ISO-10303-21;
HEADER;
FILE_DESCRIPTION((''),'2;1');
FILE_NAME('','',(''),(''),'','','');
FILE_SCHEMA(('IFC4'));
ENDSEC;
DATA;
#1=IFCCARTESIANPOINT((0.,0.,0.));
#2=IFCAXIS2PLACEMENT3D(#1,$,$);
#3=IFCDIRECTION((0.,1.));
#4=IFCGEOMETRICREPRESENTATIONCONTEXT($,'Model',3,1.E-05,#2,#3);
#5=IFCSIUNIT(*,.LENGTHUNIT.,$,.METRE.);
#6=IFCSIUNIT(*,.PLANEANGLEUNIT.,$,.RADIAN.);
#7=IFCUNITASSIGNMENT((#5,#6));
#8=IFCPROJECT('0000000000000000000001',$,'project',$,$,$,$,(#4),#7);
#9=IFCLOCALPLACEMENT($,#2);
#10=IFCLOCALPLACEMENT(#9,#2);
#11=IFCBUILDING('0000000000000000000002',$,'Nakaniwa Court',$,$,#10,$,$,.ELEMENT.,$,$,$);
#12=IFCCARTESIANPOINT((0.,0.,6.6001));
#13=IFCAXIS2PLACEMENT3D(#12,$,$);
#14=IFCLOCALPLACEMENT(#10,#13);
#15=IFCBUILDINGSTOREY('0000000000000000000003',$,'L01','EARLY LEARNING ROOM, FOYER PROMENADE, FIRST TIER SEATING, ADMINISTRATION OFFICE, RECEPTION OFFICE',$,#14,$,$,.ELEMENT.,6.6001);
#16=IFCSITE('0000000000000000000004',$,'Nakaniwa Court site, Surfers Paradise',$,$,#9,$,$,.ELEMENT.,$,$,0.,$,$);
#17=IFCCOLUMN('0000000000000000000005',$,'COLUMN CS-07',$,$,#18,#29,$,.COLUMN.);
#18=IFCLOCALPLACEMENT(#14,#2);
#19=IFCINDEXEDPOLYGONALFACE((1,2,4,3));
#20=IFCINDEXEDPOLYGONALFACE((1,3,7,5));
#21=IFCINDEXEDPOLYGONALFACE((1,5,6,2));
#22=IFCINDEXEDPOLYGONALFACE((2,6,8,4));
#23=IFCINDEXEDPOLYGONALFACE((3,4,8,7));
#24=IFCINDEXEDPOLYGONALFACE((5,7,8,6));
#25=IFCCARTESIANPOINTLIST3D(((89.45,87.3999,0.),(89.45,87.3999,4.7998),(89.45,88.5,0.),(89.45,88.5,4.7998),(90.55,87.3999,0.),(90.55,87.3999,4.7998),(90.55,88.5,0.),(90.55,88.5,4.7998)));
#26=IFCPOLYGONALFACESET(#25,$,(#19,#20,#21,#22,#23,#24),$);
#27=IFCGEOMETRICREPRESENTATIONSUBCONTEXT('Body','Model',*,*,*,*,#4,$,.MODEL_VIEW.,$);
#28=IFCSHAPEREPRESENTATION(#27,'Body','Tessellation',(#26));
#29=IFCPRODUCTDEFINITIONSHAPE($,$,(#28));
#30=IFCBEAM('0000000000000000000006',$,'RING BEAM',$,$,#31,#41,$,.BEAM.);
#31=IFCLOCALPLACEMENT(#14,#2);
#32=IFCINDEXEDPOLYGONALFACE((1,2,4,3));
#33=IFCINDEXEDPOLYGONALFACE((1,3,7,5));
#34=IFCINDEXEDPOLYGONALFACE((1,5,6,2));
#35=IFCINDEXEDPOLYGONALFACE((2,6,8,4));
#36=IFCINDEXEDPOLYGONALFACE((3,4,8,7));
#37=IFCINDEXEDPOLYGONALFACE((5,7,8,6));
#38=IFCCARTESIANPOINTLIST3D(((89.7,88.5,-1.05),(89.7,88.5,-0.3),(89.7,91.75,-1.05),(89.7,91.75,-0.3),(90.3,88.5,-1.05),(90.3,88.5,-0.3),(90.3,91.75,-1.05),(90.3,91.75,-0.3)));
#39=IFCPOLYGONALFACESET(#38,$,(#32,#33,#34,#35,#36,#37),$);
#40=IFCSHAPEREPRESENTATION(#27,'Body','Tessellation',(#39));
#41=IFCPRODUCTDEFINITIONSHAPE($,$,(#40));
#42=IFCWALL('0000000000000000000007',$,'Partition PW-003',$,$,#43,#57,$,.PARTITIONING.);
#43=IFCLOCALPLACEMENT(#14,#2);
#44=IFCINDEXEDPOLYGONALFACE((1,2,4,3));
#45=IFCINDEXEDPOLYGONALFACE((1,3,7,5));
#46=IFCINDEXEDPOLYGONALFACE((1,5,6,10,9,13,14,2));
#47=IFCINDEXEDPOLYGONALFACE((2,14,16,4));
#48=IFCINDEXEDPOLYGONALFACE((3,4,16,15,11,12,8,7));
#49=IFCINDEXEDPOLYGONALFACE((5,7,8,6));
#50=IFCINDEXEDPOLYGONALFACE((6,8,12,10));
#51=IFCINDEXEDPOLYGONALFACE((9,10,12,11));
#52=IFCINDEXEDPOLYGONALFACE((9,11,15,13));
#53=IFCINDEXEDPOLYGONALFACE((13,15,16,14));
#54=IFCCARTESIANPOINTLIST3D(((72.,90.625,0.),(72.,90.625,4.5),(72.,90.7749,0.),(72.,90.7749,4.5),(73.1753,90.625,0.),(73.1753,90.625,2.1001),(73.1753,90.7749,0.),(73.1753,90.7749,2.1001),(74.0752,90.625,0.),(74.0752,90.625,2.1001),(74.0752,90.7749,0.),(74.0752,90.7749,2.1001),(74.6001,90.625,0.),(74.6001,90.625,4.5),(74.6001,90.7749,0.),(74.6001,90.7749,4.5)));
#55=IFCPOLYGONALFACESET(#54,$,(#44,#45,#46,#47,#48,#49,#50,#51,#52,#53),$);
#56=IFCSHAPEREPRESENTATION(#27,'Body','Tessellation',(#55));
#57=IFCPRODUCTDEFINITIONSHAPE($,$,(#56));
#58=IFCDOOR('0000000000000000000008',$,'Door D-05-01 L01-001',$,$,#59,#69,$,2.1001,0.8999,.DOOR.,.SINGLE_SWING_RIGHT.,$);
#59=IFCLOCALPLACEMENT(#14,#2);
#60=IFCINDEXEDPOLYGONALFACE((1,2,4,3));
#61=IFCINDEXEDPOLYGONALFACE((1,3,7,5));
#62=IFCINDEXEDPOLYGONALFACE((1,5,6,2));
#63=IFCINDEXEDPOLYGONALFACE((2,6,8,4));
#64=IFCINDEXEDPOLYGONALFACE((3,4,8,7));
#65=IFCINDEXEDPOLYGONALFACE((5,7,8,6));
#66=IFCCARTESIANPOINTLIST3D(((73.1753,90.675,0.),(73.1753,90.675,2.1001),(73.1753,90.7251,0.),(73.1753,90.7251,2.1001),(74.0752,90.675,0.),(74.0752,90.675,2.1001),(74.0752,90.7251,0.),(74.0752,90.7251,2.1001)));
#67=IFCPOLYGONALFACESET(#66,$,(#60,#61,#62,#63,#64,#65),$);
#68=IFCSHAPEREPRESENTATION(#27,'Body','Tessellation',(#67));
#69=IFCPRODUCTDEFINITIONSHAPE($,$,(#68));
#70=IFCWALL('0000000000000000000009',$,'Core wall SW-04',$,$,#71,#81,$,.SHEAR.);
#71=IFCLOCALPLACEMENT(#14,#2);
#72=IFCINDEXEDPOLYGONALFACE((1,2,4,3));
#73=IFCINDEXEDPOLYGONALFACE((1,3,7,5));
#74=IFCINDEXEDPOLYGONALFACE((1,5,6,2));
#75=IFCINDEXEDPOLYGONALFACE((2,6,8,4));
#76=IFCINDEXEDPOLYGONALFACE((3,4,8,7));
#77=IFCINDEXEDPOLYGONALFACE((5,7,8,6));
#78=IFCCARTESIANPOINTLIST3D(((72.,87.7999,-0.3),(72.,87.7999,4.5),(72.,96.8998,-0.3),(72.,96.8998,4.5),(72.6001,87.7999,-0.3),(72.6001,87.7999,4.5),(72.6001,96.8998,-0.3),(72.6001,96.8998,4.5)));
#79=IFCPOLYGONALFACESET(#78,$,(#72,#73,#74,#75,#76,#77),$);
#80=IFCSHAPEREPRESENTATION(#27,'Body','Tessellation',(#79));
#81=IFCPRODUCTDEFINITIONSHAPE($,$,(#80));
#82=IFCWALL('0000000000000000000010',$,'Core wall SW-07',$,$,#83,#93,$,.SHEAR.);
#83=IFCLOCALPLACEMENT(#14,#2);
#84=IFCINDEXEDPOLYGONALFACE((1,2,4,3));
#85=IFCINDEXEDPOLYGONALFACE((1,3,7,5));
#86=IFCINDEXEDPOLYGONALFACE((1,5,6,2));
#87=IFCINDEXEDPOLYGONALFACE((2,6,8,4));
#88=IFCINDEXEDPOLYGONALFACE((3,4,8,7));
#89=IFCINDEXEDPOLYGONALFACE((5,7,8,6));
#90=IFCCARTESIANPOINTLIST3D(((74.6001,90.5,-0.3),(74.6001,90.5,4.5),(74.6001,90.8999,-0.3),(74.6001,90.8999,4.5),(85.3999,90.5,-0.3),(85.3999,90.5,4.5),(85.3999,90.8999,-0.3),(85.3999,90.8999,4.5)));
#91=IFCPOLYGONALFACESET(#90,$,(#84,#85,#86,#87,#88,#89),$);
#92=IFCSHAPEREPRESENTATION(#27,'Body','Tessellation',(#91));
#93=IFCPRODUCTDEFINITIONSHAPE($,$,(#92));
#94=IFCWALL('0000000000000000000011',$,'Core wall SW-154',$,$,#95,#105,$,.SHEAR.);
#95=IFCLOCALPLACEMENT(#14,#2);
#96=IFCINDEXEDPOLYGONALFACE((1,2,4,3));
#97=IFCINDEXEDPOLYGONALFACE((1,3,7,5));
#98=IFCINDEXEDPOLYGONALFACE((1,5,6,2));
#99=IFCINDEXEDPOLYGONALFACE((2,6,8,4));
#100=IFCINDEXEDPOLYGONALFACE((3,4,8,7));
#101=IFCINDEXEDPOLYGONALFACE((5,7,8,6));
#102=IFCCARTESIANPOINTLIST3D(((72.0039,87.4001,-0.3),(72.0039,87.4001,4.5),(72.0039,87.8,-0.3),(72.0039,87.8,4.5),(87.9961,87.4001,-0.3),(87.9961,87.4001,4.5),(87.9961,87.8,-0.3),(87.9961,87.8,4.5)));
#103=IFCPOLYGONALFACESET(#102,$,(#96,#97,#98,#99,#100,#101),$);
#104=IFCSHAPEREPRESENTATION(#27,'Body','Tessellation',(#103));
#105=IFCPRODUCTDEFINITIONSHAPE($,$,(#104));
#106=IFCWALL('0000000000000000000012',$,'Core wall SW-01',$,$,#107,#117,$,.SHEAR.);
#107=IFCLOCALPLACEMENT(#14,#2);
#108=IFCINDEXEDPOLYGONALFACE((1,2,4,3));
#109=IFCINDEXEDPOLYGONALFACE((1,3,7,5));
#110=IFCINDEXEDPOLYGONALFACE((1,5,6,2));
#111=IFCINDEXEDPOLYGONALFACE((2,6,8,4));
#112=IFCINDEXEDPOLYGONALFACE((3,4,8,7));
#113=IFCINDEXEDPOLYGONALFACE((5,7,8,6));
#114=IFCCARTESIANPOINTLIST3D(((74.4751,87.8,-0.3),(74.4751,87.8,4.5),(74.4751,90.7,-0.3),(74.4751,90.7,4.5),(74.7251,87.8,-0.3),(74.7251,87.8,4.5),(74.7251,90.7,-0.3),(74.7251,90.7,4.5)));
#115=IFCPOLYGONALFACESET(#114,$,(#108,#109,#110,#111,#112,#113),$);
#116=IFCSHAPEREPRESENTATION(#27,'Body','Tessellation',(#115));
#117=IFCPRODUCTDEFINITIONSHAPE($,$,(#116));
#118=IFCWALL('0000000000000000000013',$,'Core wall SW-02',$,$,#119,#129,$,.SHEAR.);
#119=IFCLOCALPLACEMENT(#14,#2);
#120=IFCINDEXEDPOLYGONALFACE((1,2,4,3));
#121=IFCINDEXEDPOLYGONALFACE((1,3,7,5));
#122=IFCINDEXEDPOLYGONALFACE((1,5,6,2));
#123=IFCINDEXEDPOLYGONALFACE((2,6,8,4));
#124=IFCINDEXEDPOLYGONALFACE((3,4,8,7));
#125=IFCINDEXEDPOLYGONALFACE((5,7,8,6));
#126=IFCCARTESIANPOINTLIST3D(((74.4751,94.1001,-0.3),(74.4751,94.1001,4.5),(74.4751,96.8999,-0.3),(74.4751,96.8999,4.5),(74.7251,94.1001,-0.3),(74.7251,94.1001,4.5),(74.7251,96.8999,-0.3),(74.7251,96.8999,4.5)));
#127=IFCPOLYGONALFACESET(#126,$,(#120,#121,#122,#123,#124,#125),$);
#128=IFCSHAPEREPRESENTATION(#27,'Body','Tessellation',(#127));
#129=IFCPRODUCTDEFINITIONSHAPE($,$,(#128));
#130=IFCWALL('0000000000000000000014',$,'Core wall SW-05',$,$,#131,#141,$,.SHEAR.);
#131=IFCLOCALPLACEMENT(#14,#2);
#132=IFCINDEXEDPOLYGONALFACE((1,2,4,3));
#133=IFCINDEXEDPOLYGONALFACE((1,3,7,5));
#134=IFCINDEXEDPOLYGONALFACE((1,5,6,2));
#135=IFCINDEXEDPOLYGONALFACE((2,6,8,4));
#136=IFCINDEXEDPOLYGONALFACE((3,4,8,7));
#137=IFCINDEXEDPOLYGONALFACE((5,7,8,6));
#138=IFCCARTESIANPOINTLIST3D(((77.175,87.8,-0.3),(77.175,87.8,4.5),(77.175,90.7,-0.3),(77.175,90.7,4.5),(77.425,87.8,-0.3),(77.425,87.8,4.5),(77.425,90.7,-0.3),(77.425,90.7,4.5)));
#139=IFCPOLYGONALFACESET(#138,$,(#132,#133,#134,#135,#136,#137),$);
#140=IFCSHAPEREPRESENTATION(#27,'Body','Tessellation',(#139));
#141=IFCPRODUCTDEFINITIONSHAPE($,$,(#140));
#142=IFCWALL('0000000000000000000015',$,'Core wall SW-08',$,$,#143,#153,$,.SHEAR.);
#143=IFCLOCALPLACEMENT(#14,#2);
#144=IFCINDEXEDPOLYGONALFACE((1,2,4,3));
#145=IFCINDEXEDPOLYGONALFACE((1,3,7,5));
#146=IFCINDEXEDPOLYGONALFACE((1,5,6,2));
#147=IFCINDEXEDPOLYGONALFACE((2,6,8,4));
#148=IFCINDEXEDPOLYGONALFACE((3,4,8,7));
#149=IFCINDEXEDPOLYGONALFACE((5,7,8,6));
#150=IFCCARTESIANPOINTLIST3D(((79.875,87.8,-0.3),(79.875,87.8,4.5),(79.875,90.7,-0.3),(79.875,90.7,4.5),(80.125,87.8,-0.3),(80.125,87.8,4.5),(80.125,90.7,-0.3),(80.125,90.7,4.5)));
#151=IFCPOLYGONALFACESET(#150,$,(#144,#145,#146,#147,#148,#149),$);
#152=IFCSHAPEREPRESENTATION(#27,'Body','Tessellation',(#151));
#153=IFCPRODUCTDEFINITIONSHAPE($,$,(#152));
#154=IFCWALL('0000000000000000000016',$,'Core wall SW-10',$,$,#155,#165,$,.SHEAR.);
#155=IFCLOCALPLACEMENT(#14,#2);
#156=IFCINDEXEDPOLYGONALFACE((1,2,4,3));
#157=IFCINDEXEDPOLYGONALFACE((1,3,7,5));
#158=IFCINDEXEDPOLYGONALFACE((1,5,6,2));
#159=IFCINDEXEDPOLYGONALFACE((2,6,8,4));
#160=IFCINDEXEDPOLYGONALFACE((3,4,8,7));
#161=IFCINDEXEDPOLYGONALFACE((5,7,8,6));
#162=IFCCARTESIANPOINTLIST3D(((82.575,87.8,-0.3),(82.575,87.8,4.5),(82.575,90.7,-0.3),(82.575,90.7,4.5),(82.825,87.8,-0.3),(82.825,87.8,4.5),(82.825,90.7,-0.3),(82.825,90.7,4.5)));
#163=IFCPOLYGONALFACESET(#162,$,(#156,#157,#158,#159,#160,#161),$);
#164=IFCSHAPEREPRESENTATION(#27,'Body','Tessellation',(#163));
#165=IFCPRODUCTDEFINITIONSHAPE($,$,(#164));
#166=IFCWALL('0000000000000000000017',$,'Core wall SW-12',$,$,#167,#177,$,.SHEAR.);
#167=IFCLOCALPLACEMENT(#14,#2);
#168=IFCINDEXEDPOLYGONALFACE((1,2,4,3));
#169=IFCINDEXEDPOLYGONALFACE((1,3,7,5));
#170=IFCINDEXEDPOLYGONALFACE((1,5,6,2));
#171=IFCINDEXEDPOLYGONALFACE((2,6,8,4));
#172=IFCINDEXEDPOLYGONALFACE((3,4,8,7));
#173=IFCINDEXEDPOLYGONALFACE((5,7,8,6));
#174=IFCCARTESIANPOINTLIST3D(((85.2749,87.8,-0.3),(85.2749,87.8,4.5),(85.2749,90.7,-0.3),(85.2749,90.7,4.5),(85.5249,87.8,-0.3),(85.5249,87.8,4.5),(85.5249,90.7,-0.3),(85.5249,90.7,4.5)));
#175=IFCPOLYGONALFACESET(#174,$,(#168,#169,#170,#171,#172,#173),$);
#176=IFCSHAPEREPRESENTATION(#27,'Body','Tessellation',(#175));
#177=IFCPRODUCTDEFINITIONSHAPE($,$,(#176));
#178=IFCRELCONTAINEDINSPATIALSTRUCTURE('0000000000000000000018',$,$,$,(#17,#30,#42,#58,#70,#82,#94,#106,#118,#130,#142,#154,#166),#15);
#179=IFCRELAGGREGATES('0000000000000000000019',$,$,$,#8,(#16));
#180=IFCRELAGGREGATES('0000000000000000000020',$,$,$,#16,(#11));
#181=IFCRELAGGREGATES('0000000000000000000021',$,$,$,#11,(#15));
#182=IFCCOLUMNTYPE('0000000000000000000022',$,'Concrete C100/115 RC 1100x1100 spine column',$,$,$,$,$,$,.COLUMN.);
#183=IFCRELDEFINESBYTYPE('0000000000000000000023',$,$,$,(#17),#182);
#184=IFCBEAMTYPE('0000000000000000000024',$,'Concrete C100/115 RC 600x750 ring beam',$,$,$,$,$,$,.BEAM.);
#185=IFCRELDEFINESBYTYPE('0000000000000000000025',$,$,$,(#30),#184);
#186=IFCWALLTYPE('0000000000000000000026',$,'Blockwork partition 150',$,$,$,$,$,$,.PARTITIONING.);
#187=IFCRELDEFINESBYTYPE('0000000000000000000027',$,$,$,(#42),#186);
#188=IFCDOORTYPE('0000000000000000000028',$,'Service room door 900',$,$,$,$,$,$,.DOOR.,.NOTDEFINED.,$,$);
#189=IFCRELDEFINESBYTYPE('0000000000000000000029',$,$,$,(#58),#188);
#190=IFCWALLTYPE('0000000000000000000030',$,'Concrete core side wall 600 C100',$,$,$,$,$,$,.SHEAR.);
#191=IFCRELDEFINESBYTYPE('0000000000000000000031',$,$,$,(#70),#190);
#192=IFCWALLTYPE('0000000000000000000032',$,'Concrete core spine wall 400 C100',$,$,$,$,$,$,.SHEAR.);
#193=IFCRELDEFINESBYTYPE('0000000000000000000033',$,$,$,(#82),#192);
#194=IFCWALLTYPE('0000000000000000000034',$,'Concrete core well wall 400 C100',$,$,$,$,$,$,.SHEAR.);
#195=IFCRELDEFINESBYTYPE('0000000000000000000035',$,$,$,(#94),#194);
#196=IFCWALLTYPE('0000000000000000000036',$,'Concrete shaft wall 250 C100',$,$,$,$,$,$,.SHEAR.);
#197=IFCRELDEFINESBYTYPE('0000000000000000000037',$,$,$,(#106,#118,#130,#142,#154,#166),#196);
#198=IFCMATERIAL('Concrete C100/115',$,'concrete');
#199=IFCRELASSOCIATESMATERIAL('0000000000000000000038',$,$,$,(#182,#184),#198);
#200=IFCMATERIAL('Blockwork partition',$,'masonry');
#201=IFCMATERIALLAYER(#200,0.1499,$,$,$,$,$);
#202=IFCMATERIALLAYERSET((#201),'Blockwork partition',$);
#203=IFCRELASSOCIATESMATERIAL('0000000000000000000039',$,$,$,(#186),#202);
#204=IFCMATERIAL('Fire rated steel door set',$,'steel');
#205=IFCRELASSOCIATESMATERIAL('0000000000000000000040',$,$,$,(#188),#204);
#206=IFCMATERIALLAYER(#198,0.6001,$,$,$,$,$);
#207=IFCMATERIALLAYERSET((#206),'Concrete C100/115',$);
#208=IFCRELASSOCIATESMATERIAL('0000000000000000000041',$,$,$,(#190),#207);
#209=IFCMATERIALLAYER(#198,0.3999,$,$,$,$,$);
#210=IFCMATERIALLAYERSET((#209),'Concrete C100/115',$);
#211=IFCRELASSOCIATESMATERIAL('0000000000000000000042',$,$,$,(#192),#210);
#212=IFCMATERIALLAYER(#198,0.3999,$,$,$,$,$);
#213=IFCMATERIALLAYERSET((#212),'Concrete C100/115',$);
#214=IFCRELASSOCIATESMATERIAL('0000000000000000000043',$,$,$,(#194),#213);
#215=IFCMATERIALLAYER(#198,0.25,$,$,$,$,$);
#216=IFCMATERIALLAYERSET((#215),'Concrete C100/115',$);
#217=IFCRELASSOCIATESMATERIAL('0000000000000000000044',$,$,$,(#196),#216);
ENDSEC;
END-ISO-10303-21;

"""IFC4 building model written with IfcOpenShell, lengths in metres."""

from ifc_helpers import new_model, si_unit, direction, frame, frame_2d, origin, origin_2d, place, context, subcontext, project, spatial, rectangle, extrude, material, layer, layer_set, material_profile, profile_set, type_object, element, fill, save


model = new_model("IFC4")

# Units and contexts
model_context = context("Model", 3, precision=1e-05, world=origin(), true_north=direction((0.0, 1.0)))
body_context = subcontext(model_context, "Body", "Model", "MODEL_VIEW")
ifc_project = project(units=[si_unit("LENGTHUNIT", "METRE"), si_unit("PLANEANGLEUNIT", "RADIAN")], contexts=[model_context])

# Site, building, storey
site_placement = place(None, origin())
site = spatial("IfcSite", under=ifc_project, at=site_placement, Name="Nakaniwa Court site, Surfers Paradise", CompositionType="ELEMENT", RefElevation=0.0)
building_placement = place(site_placement, origin())
building = spatial("IfcBuilding", under=site, at=building_placement, Name="Nakaniwa Court", CompositionType="ELEMENT")
storey_placement = place(building_placement, frame((0.0, 0.0, 6.6001)))
storey = spatial("IfcBuildingStorey", under=building, at=storey_placement, Name="L01", Description="EARLY LEARNING ROOM, FOYER PROMENADE, FIRST TIER SEATING, ADMINISTRATION OFFICE, RECEPTION OFFICE", CompositionType="ELEMENT", Elevation=6.6001)

# Column
ifc_material_1 = material(Name="Concrete C100/115", Category="concrete")
ifc_material_profile_1 = material_profile(ifc_material_1, rectangle(XDim=1.1001, YDim=1.1001, at=origin_2d()), Name="Concrete C100/115 RC 1100x1100 spine column")
ifc_profile_set_1 = profile_set([ifc_material_profile_1], Name="Concrete C100/115")
column_type = type_object("IfcColumnType", Name="Concrete C100/115 RC 1100x1100 spine column", PredefinedType="COLUMN", material=ifc_profile_set_1)
column_placement = place(storey_placement, frame((90.0, 87.95, 0.0), z_axis=(0.0, 0.0, 1.0), x_axis=(0.0, 1.0, 0.0)))
element("IfcColumn", 1, at=column_placement, inside=storey, type_object=column_type, Name="COLUMN CS-07", PredefinedType="COLUMN", context=body_context, shape_type="SweptSolid", body=[
    extrude(rectangle(XDim=1.1001, YDim=1.1001, at=origin_2d()), origin(), (0.0, 0.0, 1.0), 4.7998),
])

# Beam
ifc_material_profile_2 = material_profile(ifc_material_1, rectangle(XDim=0.6001, YDim=0.75, at=origin_2d()), Name="Concrete C100/115 RC 600x750 ring beam")
ifc_profile_set_2 = profile_set([ifc_material_profile_2], Name="Concrete C100/115")
beam_type = type_object("IfcBeamType", Name="Concrete C100/115 RC 600x750 ring beam", PredefinedType="BEAM", material=ifc_profile_set_2)
beam_placement = place(storey_placement, frame((90.0, 88.5, -0.675), z_axis=(0.0, 1.0, 0.0), x_axis=(-1.0, 0.0, 0.0)))
element("IfcBeam", 2, at=beam_placement, inside=storey, type_object=beam_type, Name="RING BEAM", PredefinedType="BEAM", context=body_context, shape_type="SweptSolid", body=[
    extrude(rectangle(XDim=0.6001, YDim=0.75, at=origin_2d()), origin(), (0.0, 0.0, 1.0), 3.25),
])

# Wall, opening, door
ifc_material_2 = material(Name="Blockwork partition", Category="masonry")
ifc_layer_1 = layer(ifc_material_2, 0.1499)
ifc_layer_set_1 = layer_set([ifc_layer_1], Name="Blockwork partition")
wall_type_1 = type_object("IfcWallType", Name="Blockwork partition 150", PredefinedType="PARTITIONING", material=ifc_layer_set_1)
wall_1_placement = place(storey_placement, frame((74.6001, 90.7, 0.0), z_axis=(0.0, 0.0, 1.0), x_axis=(-1.0, 0.0, 0.0)))
wall_1 = element("IfcWall", 3, at=wall_1_placement, inside=storey, type_object=wall_type_1, Name="Partition PW-003", PredefinedType="PARTITIONING", context=body_context, shape_type="SweptSolid", body=[
    extrude(rectangle(XDim=2.6001, YDim=0.1499, at=frame_2d((1.3, 0.0))), origin(), (0.0, 0.0, 1.0), 4.5),
])
opening_1_placement = place(wall_1_placement, frame((0.5249, 0.0, 0.0)))
opening_1 = element("IfcOpeningElement", 4, at=opening_1_placement, cuts=wall_1, PredefinedType="OPENING", context=body_context, shape_type="SweptSolid", body=[
    extrude(rectangle(XDim=0.8999, YDim=2.1001, at=frame_2d((0.45, 1.05))), frame((0.0, 0.085, 0.0), z_axis=(0.0, -1.0, 0.0), x_axis=(1.0, 0.0, 0.0)), (0.0, 0.0, 1.0), 0.1699),
])
ifc_material_3 = material(Name="Fire rated steel door set", Category="steel")
door_type = type_object("IfcDoorType", Name="Service room door 900", OperationType="NOTDEFINED", PredefinedType="DOOR", material=ifc_material_3)
door_1_placement = place(opening_1_placement, origin())
door_1 = element("IfcDoor", 5, at=door_1_placement, inside=storey, type_object=door_type, Name="Door D-05-01 L01-001", OperationType="SINGLE_SWING_RIGHT", OverallHeight=2.1001, OverallWidth=0.8999, PredefinedType="DOOR", context=body_context, shape_type="SweptSolid", body=[
    extrude(rectangle(XDim=0.8999, YDim=2.1001, at=frame_2d((0.45, 1.05))), frame((0.0, 0.0249, 0.0), z_axis=(0.0, -1.0, 0.0), x_axis=(1.0, 0.0, 0.0)), (0.0, 0.0, 1.0), 0.05),
])
fill(opening_1, door_1)

# Walls
ifc_layer_2 = layer(ifc_material_1, 0.6001)
ifc_layer_set_2 = layer_set([ifc_layer_2], Name="Concrete C100/115")
wall_type_2 = type_object("IfcWallType", Name="Concrete core side wall 600 C100", PredefinedType="SHEAR", material=ifc_layer_set_2)
wall_2_placement = place(storey_placement, frame((72.3, 87.8, -0.3), z_axis=(0.0, 0.0, 1.0), x_axis=(0.0, 1.0, 0.0)))
element("IfcWall", 6, at=wall_2_placement, inside=storey, type_object=wall_type_2, Name="Core wall SW-04", PredefinedType="SHEAR", context=body_context, shape_type="SweptSolid", body=[
    extrude(rectangle(XDim=9.0999, YDim=0.6001, at=frame_2d((4.5498, 0.0))), origin(), (0.0, 0.0, 1.0), 4.8),
])
ifc_layer_3 = layer(ifc_material_1, 0.3999)
ifc_layer_set_3 = layer_set([ifc_layer_3], Name="Concrete C100/115")
wall_type_3 = type_object("IfcWallType", Name="Concrete core spine wall 400 C100", PredefinedType="SHEAR", material=ifc_layer_set_3)
wall_3_placement = place(storey_placement, frame((74.6001, 90.7, -0.3), z_axis=(0.0, 0.0, 1.0), x_axis=(1.0, 0.0, 0.0)))
element("IfcWall", 7, at=wall_3_placement, inside=storey, type_object=wall_type_3, Name="Core wall SW-07", PredefinedType="SHEAR", context=body_context, shape_type="SweptSolid", body=[
    extrude(rectangle(XDim=10.7998, YDim=0.3999, at=frame_2d((5.3999, 0.0))), origin(), (0.0, 0.0, 1.0), 4.8),
])
ifc_layer_4 = layer(ifc_material_1, 0.3999)
ifc_layer_set_4 = layer_set([ifc_layer_4], Name="Concrete C100/115")
wall_type_4 = type_object("IfcWallType", Name="Concrete core well wall 400 C100", PredefinedType="SHEAR", material=ifc_layer_set_4)
wall_4_placement = place(storey_placement, frame((72.0039, 87.6001, -0.3), z_axis=(0.0, 0.0, 1.0), x_axis=(1.0, 0.0, 0.0)))
element("IfcWall", 8, at=wall_4_placement, inside=storey, type_object=wall_type_4, Name="Core wall SW-154", PredefinedType="SHEAR", context=body_context, shape_type="SweptSolid", body=[
    extrude(rectangle(XDim=15.9922, YDim=0.3999, at=frame_2d((7.9961, 0.0))), origin(), (0.0, 0.0, 1.0), 4.8),
])
ifc_layer_5 = layer(ifc_material_1, 0.25)
ifc_layer_set_5 = layer_set([ifc_layer_5], Name="Concrete C100/115")
wall_type_5 = type_object("IfcWallType", Name="Concrete shaft wall 250 C100", PredefinedType="SHEAR", material=ifc_layer_set_5)
wall_5_placement = place(storey_placement, frame((74.6001, 87.8, -0.3), z_axis=(0.0, 0.0, 1.0), x_axis=(0.0, 1.0, 0.0)))
element("IfcWall", 9, at=wall_5_placement, inside=storey, type_object=wall_type_5, Name="Core wall SW-01", PredefinedType="SHEAR", context=body_context, shape_type="SweptSolid", body=[
    extrude(rectangle(XDim=2.8999, YDim=0.25, at=frame_2d((1.45, 0.0))), origin(), (0.0, 0.0, 1.0), 4.8),
])
wall_6_placement = place(storey_placement, frame((74.6001, 94.1001, -0.3), z_axis=(0.0, 0.0, 1.0), x_axis=(0.0, 1.0, 0.0)))
element("IfcWall", 10, at=wall_6_placement, inside=storey, type_object=wall_type_5, Name="Core wall SW-02", PredefinedType="SHEAR", context=body_context, shape_type="SweptSolid", body=[
    extrude(rectangle(XDim=2.7998, YDim=0.25, at=frame_2d((1.3999, 0.0))), origin(), (0.0, 0.0, 1.0), 4.8),
])
for number, where, z_axis, x_axis, name in (
    (11, (77.3, 87.8, -0.3), (0.0, 0.0, 1.0), (0.0, 1.0, 0.0), "Core wall SW-05"),
    (12, (80.0, 87.8, -0.3), (0.0, 0.0, 1.0), (0.0, 1.0, 0.0), "Core wall SW-08"),
    (13, (82.7, 87.8, -0.3), (0.0, 0.0, 1.0), (0.0, 1.0, 0.0), "Core wall SW-10"),
    (14, (85.3999, 87.8, -0.3), (0.0, 0.0, 1.0), (0.0, 1.0, 0.0), "Core wall SW-12"),
):
    element("IfcWall", number, at=place(storey_placement, frame(where, z_axis=z_axis, x_axis=x_axis)), inside=storey, type_object=wall_type_5, Name=name, PredefinedType="SHEAR", context=body_context, shape_type="SweptSolid", body=[
        extrude(rectangle(XDim=2.8999, YDim=0.25, at=frame_2d((1.45, 0.0))), origin(), (0.0, 0.0, 1.0), 4.8),
    ])

save(model, "model.ifc")
